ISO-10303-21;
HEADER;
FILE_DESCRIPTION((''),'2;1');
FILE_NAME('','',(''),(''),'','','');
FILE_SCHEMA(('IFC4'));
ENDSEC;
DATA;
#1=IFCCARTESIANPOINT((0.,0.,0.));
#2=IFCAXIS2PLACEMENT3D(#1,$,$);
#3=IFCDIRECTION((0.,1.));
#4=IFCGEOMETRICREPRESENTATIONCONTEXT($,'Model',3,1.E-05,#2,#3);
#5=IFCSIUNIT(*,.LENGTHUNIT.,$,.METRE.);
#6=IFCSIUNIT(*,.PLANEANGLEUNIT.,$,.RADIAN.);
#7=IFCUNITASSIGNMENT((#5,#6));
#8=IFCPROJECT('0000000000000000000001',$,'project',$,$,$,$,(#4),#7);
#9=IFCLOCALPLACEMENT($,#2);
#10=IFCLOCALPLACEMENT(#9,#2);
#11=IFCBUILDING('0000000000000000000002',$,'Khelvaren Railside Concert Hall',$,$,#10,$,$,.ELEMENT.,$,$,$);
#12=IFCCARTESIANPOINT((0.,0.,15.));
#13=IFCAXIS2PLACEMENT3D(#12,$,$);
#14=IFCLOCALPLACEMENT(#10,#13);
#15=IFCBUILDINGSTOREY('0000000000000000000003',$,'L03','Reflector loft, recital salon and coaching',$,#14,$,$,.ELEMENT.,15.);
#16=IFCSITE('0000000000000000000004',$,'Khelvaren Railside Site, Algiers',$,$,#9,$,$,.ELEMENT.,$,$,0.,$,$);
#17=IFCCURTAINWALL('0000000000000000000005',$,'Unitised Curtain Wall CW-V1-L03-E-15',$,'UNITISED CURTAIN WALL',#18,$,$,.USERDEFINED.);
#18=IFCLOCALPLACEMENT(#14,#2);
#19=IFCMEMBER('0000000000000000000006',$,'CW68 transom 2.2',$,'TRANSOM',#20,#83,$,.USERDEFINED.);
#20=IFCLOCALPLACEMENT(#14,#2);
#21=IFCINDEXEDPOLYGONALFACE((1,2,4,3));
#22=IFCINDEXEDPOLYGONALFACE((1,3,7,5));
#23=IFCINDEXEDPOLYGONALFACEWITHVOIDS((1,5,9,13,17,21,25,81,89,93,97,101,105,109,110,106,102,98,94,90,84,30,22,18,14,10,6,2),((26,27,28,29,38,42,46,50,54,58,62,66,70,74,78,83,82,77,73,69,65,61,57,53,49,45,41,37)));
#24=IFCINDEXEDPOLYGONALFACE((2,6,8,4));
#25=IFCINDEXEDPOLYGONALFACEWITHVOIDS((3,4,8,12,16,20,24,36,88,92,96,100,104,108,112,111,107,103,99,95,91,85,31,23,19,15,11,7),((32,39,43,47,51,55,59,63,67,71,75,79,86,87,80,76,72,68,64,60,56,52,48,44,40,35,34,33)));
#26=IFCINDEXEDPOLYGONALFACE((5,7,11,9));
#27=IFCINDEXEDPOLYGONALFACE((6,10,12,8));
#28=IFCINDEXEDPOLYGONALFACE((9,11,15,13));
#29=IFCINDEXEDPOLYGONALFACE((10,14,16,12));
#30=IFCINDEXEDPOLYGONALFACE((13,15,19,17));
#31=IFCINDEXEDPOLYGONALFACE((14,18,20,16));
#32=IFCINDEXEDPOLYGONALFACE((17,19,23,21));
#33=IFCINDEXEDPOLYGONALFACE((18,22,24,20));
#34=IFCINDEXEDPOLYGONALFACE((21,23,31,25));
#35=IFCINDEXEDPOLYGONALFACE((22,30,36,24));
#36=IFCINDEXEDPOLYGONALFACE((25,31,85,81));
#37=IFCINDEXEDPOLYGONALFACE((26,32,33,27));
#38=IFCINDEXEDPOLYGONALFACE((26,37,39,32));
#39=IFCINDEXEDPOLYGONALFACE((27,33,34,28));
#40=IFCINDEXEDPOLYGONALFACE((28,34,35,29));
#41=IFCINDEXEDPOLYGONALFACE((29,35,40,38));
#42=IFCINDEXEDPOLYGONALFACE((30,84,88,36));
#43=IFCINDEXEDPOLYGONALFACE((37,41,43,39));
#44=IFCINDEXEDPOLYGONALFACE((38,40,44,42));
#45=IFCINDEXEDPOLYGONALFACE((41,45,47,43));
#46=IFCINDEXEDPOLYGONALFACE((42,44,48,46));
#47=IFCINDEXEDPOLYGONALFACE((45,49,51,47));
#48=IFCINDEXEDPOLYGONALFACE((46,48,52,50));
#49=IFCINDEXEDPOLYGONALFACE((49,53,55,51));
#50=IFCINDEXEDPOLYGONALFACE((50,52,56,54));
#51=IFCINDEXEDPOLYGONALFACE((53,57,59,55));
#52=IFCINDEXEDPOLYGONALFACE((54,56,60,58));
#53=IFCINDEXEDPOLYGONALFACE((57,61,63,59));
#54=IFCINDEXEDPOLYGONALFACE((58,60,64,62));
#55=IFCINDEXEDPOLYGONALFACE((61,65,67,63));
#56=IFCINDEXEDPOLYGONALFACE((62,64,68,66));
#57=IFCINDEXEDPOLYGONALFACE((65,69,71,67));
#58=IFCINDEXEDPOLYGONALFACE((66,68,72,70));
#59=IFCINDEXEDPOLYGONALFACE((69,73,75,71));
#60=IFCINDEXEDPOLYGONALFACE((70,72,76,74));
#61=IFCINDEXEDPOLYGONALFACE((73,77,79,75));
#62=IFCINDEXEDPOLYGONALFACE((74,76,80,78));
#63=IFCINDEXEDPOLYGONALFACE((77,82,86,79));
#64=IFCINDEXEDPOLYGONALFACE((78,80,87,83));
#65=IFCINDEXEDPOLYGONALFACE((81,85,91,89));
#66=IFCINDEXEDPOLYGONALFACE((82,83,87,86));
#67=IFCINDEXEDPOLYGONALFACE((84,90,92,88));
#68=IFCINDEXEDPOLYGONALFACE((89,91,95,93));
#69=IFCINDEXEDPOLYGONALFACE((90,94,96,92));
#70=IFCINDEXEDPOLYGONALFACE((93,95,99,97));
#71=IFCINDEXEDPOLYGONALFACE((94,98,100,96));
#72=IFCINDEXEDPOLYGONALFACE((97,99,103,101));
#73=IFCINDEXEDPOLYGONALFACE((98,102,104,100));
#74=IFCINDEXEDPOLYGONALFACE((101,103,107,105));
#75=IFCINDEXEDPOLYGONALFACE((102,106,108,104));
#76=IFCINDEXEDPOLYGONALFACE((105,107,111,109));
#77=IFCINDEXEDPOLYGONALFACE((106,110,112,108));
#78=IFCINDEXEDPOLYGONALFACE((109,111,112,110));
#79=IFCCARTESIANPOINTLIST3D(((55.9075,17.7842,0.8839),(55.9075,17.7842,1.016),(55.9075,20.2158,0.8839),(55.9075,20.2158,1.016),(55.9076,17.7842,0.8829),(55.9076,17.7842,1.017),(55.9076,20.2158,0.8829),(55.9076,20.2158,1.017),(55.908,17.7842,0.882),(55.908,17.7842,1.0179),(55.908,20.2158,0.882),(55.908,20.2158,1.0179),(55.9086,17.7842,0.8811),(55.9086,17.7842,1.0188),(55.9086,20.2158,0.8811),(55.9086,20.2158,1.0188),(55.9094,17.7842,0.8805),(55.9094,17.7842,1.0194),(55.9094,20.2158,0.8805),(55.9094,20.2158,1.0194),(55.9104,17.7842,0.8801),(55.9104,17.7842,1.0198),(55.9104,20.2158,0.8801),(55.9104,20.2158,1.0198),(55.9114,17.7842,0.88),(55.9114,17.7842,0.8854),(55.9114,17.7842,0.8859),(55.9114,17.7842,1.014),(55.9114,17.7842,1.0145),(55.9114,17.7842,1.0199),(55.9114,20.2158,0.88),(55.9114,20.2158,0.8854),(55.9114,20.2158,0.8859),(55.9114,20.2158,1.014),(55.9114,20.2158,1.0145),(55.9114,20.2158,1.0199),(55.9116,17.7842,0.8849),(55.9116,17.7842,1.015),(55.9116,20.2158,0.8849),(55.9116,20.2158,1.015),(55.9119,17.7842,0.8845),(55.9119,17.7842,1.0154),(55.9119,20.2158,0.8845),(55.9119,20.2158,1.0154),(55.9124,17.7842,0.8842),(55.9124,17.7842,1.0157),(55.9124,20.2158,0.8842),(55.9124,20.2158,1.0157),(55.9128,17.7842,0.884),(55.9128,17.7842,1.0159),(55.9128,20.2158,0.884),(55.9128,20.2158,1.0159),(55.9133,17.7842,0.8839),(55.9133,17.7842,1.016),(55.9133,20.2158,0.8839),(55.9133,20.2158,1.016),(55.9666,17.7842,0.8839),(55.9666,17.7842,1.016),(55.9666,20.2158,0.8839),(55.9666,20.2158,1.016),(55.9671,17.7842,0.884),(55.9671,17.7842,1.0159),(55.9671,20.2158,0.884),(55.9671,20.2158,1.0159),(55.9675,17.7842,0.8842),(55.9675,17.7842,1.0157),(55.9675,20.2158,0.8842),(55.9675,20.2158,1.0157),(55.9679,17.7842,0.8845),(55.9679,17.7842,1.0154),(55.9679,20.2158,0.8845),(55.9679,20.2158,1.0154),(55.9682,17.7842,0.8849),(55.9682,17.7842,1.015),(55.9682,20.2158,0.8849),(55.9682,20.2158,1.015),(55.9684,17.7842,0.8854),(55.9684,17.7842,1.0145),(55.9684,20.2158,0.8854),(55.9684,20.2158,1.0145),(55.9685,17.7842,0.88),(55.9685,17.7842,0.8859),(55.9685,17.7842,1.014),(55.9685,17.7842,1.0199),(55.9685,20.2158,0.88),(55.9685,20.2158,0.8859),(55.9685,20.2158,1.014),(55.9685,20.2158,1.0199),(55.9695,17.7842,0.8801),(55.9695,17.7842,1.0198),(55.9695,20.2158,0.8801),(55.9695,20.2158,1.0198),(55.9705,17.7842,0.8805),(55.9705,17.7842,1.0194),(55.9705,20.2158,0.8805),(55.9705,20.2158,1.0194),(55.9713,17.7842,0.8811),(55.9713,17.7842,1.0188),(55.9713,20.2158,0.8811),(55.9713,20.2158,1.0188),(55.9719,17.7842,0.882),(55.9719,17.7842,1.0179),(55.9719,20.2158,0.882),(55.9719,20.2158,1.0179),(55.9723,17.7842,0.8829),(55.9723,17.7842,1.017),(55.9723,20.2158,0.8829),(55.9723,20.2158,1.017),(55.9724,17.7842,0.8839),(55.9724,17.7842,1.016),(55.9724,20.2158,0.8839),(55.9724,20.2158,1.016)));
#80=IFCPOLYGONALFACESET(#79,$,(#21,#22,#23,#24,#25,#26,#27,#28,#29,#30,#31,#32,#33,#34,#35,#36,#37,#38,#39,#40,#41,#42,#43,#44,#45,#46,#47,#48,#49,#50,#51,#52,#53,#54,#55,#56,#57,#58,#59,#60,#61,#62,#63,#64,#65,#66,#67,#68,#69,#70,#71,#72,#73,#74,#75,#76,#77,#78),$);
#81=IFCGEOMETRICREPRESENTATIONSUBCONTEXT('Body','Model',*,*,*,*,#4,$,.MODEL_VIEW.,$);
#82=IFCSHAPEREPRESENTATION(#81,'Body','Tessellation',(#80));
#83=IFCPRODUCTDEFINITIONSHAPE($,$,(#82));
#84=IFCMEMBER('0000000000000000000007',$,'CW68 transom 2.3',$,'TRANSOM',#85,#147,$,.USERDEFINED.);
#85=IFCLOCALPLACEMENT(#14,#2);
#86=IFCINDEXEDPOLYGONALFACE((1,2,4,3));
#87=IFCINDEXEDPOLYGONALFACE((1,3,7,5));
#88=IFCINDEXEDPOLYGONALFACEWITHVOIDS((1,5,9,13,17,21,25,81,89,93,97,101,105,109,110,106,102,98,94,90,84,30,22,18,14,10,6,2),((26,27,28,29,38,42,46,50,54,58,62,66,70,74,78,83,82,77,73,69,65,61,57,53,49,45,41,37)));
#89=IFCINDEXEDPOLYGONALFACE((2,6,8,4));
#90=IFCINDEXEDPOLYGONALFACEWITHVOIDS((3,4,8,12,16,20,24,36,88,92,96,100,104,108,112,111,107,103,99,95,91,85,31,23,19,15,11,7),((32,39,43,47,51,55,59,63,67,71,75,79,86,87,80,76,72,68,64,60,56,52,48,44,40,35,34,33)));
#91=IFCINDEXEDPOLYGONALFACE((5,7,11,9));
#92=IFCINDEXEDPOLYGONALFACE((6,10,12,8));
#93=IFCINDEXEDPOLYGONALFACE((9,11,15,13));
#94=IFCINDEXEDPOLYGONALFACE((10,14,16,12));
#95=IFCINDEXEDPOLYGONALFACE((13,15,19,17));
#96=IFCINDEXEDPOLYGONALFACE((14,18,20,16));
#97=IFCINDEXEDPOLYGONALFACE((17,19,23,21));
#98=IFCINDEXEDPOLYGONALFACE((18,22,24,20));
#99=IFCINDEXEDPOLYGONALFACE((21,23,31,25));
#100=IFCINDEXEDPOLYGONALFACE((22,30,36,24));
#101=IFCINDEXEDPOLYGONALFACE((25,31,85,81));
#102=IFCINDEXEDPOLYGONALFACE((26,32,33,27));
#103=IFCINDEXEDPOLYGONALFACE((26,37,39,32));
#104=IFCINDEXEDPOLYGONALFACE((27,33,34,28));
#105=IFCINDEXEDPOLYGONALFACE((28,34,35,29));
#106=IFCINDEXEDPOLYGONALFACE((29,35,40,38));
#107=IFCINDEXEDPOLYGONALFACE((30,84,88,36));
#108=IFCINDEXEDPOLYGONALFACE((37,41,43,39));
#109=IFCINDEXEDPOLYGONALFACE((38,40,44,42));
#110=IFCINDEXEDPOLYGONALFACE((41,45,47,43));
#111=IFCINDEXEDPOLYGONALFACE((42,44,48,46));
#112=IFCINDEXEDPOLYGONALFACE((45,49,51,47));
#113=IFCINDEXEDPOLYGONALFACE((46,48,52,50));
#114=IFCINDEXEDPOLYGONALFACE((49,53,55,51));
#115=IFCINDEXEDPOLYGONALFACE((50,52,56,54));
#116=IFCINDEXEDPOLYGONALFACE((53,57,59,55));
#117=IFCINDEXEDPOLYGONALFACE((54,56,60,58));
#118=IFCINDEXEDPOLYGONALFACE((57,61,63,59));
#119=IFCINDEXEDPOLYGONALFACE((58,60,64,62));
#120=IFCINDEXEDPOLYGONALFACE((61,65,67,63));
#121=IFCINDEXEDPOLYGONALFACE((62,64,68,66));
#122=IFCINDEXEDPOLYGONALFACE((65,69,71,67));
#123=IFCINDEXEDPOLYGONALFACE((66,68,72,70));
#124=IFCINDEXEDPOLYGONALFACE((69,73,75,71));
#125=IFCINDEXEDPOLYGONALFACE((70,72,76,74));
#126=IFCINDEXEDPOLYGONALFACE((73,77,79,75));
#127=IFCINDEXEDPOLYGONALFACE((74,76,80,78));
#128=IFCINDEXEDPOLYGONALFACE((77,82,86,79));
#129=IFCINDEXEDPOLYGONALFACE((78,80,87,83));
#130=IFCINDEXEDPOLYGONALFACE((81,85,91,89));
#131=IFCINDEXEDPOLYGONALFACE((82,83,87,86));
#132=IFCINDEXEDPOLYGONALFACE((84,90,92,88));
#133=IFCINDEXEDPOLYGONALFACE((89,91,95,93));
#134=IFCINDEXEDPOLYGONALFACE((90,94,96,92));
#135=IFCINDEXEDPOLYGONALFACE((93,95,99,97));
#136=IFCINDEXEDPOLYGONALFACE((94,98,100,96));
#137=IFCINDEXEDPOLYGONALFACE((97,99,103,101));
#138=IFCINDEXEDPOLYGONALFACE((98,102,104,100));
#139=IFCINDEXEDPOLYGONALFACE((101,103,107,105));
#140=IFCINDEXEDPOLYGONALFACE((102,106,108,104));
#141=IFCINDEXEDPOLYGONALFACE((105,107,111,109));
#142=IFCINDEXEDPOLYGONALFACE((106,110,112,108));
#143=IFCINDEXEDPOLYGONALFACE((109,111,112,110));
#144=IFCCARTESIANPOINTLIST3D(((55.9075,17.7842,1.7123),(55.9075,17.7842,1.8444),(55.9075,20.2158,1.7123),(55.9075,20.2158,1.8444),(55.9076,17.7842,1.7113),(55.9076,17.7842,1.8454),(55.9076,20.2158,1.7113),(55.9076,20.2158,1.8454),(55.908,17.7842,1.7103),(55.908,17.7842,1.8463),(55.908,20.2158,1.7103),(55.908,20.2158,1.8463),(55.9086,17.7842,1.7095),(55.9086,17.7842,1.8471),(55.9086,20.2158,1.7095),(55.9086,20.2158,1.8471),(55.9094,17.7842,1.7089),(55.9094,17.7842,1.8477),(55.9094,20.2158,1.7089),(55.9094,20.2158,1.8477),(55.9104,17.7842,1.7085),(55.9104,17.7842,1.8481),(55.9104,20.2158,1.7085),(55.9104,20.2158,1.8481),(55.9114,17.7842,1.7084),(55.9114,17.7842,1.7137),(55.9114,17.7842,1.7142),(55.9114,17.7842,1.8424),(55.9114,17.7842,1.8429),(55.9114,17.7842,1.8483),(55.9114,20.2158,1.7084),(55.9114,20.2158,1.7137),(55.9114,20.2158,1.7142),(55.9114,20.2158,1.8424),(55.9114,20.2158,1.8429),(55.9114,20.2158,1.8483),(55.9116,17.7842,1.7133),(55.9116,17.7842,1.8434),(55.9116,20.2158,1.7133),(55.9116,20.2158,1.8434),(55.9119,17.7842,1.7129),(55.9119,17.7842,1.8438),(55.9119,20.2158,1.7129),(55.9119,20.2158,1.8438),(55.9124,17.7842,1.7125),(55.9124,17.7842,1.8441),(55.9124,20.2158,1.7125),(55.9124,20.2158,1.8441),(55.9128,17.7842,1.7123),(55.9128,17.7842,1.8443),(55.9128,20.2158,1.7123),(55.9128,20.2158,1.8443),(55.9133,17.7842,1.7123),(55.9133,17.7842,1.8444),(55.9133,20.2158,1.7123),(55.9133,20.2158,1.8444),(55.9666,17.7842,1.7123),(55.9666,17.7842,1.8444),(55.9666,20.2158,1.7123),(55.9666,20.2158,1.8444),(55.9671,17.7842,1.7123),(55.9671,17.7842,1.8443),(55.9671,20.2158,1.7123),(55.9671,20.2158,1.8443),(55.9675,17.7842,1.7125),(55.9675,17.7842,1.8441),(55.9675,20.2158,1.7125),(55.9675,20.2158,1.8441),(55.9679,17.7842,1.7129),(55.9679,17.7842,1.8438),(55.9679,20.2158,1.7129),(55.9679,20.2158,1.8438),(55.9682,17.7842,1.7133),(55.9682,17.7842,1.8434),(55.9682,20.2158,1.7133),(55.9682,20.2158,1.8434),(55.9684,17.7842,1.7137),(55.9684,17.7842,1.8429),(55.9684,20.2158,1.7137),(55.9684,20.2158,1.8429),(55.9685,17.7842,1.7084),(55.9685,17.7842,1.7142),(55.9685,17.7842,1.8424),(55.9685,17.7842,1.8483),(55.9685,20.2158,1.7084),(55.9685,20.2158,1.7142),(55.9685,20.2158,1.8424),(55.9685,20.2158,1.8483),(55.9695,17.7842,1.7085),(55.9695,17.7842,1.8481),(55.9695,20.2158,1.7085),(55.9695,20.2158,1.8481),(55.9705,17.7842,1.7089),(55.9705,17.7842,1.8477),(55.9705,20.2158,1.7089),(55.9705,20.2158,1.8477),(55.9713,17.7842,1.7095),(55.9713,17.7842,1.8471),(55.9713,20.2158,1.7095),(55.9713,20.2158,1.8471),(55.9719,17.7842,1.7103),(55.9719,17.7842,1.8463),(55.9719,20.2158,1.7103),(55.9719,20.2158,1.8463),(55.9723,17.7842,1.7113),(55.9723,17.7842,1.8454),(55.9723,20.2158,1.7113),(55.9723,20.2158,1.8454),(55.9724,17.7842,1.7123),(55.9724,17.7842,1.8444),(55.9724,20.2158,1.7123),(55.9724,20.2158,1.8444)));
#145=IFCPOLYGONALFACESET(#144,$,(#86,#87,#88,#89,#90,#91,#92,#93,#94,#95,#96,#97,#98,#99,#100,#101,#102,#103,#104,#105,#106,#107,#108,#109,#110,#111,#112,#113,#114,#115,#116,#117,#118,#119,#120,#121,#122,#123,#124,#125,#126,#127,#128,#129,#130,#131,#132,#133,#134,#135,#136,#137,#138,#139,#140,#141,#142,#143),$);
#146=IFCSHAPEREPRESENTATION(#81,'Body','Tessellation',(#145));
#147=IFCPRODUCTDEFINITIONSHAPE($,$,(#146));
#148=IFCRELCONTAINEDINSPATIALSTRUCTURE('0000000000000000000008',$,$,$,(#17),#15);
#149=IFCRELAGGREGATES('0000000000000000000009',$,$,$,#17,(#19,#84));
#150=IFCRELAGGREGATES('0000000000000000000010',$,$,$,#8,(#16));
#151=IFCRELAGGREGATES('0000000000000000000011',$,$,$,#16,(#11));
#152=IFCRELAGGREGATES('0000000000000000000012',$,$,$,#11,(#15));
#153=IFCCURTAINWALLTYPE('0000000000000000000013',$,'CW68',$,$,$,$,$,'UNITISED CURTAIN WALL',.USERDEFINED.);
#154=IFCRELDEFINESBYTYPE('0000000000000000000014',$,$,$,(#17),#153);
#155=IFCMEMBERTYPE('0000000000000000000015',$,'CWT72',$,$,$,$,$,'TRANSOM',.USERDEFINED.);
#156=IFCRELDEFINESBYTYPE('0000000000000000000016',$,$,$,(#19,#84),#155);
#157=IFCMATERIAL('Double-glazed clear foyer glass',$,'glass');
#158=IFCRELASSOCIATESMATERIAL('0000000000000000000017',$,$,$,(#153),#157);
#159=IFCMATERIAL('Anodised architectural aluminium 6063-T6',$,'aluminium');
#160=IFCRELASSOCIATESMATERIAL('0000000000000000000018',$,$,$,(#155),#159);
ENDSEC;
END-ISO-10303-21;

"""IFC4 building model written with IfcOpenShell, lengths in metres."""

from ifc_helpers import new_model, si_unit, direction, frame, origin, origin_2d, place, context, subcontext, project, spatial, hollow_rectangle, extrude, material, material_profile, profile_set, type_object, element, aggregate, save


model = new_model("IFC4")

# Units and contexts
model_context = context("Model", 3, precision=1e-05, world=origin(), true_north=direction((0.0, 1.0)))
body_context = subcontext(model_context, "Body", "Model", "MODEL_VIEW")
ifc_project = project(units=[si_unit("LENGTHUNIT", "METRE"), si_unit("PLANEANGLEUNIT", "RADIAN")], contexts=[model_context])

# Site, building, storey
site_placement = place(None, origin())
site = spatial("IfcSite", under=ifc_project, at=site_placement, Name="Khelvaren Railside Site, Algiers", CompositionType="ELEMENT", RefElevation=0.0)
building_placement = place(site_placement, origin())
building = spatial("IfcBuilding", under=site, at=building_placement, Name="Khelvaren Railside Concert Hall", CompositionType="ELEMENT")
storey_placement = place(building_placement, frame((0.0, 0.0, 15.0)))
storey = spatial("IfcBuildingStorey", under=building, at=storey_placement, Name="L03", Description="Reflector loft, recital salon and coaching", CompositionType="ELEMENT", Elevation=15.0)

# Curtain wall
ifc_material_1 = material(Name="Double-glazed clear foyer glass", Category="glass")
curtain_wall_type_1 = type_object("IfcCurtainWallType", Name="CW68", ElementType="UNITISED CURTAIN WALL", PredefinedType="USERDEFINED", material=ifc_material_1)
curtain_wall_1_placement = place(storey_placement, origin())
curtain_wall_1 = element("IfcCurtainWall", 1, at=curtain_wall_1_placement, inside=storey, type_object=curtain_wall_type_1, Name="Unitised Curtain Wall CW-V1-L03-E-15", ObjectType="UNITISED CURTAIN WALL", PredefinedType="USERDEFINED")
ifc_material_2 = material(Name="Anodised architectural aluminium 6063-T6", Category="aluminium")

# Members
ifc_material_profile_1 = material_profile(ifc_material_2, hollow_rectangle(XDim=0.0649, YDim=0.1399, WallThickness=0.0039, InnerFilletRadius=0.002, OuterFilletRadius=0.0039, at=origin_2d()), Name="CWT 65x140x4")
ifc_profile_set_1 = profile_set([ifc_material_profile_1], Name="Anodised architectural aluminium 6063-T6")
member_type_1 = type_object("IfcMemberType", Name="CWT72", ElementType="TRANSOM", PredefinedType="USERDEFINED", material=ifc_profile_set_1)
member_1_placement = place(storey_placement, frame((55.9399, 20.2158, 0.95), z_axis=(0.0, -1.0, 0.0), x_axis=(1.0, 0.0, 0.0)))
member_1 = element("IfcMember", 2, at=member_1_placement, type_object=member_type_1, Name="CW68 transom 2.2", ObjectType="TRANSOM", PredefinedType="USERDEFINED", context=body_context, shape_type="SweptSolid", body=[
    extrude(hollow_rectangle(XDim=0.0649, YDim=0.1399, WallThickness=0.0039, InnerFilletRadius=0.002, OuterFilletRadius=0.0039, at=origin_2d()), origin(), (0.0, 0.0, 1.0), 2.4316),
])
member_2_placement = place(storey_placement, frame((55.9399, 20.2158, 1.7783), z_axis=(0.0, -1.0, 0.0), x_axis=(1.0, 0.0, 0.0)))
member_2 = element("IfcMember", 3, at=member_2_placement, type_object=member_type_1, Name="CW68 transom 2.3", ObjectType="TRANSOM", PredefinedType="USERDEFINED", context=body_context, shape_type="SweptSolid", body=[
    extrude(hollow_rectangle(XDim=0.0649, YDim=0.1399, WallThickness=0.0039, InnerFilletRadius=0.002, OuterFilletRadius=0.0039, at=origin_2d()), origin(), (0.0, 0.0, 1.0), 2.4316),
])

aggregate(curtain_wall_1, [member_1, member_2])

save(model, "model.ifc")
